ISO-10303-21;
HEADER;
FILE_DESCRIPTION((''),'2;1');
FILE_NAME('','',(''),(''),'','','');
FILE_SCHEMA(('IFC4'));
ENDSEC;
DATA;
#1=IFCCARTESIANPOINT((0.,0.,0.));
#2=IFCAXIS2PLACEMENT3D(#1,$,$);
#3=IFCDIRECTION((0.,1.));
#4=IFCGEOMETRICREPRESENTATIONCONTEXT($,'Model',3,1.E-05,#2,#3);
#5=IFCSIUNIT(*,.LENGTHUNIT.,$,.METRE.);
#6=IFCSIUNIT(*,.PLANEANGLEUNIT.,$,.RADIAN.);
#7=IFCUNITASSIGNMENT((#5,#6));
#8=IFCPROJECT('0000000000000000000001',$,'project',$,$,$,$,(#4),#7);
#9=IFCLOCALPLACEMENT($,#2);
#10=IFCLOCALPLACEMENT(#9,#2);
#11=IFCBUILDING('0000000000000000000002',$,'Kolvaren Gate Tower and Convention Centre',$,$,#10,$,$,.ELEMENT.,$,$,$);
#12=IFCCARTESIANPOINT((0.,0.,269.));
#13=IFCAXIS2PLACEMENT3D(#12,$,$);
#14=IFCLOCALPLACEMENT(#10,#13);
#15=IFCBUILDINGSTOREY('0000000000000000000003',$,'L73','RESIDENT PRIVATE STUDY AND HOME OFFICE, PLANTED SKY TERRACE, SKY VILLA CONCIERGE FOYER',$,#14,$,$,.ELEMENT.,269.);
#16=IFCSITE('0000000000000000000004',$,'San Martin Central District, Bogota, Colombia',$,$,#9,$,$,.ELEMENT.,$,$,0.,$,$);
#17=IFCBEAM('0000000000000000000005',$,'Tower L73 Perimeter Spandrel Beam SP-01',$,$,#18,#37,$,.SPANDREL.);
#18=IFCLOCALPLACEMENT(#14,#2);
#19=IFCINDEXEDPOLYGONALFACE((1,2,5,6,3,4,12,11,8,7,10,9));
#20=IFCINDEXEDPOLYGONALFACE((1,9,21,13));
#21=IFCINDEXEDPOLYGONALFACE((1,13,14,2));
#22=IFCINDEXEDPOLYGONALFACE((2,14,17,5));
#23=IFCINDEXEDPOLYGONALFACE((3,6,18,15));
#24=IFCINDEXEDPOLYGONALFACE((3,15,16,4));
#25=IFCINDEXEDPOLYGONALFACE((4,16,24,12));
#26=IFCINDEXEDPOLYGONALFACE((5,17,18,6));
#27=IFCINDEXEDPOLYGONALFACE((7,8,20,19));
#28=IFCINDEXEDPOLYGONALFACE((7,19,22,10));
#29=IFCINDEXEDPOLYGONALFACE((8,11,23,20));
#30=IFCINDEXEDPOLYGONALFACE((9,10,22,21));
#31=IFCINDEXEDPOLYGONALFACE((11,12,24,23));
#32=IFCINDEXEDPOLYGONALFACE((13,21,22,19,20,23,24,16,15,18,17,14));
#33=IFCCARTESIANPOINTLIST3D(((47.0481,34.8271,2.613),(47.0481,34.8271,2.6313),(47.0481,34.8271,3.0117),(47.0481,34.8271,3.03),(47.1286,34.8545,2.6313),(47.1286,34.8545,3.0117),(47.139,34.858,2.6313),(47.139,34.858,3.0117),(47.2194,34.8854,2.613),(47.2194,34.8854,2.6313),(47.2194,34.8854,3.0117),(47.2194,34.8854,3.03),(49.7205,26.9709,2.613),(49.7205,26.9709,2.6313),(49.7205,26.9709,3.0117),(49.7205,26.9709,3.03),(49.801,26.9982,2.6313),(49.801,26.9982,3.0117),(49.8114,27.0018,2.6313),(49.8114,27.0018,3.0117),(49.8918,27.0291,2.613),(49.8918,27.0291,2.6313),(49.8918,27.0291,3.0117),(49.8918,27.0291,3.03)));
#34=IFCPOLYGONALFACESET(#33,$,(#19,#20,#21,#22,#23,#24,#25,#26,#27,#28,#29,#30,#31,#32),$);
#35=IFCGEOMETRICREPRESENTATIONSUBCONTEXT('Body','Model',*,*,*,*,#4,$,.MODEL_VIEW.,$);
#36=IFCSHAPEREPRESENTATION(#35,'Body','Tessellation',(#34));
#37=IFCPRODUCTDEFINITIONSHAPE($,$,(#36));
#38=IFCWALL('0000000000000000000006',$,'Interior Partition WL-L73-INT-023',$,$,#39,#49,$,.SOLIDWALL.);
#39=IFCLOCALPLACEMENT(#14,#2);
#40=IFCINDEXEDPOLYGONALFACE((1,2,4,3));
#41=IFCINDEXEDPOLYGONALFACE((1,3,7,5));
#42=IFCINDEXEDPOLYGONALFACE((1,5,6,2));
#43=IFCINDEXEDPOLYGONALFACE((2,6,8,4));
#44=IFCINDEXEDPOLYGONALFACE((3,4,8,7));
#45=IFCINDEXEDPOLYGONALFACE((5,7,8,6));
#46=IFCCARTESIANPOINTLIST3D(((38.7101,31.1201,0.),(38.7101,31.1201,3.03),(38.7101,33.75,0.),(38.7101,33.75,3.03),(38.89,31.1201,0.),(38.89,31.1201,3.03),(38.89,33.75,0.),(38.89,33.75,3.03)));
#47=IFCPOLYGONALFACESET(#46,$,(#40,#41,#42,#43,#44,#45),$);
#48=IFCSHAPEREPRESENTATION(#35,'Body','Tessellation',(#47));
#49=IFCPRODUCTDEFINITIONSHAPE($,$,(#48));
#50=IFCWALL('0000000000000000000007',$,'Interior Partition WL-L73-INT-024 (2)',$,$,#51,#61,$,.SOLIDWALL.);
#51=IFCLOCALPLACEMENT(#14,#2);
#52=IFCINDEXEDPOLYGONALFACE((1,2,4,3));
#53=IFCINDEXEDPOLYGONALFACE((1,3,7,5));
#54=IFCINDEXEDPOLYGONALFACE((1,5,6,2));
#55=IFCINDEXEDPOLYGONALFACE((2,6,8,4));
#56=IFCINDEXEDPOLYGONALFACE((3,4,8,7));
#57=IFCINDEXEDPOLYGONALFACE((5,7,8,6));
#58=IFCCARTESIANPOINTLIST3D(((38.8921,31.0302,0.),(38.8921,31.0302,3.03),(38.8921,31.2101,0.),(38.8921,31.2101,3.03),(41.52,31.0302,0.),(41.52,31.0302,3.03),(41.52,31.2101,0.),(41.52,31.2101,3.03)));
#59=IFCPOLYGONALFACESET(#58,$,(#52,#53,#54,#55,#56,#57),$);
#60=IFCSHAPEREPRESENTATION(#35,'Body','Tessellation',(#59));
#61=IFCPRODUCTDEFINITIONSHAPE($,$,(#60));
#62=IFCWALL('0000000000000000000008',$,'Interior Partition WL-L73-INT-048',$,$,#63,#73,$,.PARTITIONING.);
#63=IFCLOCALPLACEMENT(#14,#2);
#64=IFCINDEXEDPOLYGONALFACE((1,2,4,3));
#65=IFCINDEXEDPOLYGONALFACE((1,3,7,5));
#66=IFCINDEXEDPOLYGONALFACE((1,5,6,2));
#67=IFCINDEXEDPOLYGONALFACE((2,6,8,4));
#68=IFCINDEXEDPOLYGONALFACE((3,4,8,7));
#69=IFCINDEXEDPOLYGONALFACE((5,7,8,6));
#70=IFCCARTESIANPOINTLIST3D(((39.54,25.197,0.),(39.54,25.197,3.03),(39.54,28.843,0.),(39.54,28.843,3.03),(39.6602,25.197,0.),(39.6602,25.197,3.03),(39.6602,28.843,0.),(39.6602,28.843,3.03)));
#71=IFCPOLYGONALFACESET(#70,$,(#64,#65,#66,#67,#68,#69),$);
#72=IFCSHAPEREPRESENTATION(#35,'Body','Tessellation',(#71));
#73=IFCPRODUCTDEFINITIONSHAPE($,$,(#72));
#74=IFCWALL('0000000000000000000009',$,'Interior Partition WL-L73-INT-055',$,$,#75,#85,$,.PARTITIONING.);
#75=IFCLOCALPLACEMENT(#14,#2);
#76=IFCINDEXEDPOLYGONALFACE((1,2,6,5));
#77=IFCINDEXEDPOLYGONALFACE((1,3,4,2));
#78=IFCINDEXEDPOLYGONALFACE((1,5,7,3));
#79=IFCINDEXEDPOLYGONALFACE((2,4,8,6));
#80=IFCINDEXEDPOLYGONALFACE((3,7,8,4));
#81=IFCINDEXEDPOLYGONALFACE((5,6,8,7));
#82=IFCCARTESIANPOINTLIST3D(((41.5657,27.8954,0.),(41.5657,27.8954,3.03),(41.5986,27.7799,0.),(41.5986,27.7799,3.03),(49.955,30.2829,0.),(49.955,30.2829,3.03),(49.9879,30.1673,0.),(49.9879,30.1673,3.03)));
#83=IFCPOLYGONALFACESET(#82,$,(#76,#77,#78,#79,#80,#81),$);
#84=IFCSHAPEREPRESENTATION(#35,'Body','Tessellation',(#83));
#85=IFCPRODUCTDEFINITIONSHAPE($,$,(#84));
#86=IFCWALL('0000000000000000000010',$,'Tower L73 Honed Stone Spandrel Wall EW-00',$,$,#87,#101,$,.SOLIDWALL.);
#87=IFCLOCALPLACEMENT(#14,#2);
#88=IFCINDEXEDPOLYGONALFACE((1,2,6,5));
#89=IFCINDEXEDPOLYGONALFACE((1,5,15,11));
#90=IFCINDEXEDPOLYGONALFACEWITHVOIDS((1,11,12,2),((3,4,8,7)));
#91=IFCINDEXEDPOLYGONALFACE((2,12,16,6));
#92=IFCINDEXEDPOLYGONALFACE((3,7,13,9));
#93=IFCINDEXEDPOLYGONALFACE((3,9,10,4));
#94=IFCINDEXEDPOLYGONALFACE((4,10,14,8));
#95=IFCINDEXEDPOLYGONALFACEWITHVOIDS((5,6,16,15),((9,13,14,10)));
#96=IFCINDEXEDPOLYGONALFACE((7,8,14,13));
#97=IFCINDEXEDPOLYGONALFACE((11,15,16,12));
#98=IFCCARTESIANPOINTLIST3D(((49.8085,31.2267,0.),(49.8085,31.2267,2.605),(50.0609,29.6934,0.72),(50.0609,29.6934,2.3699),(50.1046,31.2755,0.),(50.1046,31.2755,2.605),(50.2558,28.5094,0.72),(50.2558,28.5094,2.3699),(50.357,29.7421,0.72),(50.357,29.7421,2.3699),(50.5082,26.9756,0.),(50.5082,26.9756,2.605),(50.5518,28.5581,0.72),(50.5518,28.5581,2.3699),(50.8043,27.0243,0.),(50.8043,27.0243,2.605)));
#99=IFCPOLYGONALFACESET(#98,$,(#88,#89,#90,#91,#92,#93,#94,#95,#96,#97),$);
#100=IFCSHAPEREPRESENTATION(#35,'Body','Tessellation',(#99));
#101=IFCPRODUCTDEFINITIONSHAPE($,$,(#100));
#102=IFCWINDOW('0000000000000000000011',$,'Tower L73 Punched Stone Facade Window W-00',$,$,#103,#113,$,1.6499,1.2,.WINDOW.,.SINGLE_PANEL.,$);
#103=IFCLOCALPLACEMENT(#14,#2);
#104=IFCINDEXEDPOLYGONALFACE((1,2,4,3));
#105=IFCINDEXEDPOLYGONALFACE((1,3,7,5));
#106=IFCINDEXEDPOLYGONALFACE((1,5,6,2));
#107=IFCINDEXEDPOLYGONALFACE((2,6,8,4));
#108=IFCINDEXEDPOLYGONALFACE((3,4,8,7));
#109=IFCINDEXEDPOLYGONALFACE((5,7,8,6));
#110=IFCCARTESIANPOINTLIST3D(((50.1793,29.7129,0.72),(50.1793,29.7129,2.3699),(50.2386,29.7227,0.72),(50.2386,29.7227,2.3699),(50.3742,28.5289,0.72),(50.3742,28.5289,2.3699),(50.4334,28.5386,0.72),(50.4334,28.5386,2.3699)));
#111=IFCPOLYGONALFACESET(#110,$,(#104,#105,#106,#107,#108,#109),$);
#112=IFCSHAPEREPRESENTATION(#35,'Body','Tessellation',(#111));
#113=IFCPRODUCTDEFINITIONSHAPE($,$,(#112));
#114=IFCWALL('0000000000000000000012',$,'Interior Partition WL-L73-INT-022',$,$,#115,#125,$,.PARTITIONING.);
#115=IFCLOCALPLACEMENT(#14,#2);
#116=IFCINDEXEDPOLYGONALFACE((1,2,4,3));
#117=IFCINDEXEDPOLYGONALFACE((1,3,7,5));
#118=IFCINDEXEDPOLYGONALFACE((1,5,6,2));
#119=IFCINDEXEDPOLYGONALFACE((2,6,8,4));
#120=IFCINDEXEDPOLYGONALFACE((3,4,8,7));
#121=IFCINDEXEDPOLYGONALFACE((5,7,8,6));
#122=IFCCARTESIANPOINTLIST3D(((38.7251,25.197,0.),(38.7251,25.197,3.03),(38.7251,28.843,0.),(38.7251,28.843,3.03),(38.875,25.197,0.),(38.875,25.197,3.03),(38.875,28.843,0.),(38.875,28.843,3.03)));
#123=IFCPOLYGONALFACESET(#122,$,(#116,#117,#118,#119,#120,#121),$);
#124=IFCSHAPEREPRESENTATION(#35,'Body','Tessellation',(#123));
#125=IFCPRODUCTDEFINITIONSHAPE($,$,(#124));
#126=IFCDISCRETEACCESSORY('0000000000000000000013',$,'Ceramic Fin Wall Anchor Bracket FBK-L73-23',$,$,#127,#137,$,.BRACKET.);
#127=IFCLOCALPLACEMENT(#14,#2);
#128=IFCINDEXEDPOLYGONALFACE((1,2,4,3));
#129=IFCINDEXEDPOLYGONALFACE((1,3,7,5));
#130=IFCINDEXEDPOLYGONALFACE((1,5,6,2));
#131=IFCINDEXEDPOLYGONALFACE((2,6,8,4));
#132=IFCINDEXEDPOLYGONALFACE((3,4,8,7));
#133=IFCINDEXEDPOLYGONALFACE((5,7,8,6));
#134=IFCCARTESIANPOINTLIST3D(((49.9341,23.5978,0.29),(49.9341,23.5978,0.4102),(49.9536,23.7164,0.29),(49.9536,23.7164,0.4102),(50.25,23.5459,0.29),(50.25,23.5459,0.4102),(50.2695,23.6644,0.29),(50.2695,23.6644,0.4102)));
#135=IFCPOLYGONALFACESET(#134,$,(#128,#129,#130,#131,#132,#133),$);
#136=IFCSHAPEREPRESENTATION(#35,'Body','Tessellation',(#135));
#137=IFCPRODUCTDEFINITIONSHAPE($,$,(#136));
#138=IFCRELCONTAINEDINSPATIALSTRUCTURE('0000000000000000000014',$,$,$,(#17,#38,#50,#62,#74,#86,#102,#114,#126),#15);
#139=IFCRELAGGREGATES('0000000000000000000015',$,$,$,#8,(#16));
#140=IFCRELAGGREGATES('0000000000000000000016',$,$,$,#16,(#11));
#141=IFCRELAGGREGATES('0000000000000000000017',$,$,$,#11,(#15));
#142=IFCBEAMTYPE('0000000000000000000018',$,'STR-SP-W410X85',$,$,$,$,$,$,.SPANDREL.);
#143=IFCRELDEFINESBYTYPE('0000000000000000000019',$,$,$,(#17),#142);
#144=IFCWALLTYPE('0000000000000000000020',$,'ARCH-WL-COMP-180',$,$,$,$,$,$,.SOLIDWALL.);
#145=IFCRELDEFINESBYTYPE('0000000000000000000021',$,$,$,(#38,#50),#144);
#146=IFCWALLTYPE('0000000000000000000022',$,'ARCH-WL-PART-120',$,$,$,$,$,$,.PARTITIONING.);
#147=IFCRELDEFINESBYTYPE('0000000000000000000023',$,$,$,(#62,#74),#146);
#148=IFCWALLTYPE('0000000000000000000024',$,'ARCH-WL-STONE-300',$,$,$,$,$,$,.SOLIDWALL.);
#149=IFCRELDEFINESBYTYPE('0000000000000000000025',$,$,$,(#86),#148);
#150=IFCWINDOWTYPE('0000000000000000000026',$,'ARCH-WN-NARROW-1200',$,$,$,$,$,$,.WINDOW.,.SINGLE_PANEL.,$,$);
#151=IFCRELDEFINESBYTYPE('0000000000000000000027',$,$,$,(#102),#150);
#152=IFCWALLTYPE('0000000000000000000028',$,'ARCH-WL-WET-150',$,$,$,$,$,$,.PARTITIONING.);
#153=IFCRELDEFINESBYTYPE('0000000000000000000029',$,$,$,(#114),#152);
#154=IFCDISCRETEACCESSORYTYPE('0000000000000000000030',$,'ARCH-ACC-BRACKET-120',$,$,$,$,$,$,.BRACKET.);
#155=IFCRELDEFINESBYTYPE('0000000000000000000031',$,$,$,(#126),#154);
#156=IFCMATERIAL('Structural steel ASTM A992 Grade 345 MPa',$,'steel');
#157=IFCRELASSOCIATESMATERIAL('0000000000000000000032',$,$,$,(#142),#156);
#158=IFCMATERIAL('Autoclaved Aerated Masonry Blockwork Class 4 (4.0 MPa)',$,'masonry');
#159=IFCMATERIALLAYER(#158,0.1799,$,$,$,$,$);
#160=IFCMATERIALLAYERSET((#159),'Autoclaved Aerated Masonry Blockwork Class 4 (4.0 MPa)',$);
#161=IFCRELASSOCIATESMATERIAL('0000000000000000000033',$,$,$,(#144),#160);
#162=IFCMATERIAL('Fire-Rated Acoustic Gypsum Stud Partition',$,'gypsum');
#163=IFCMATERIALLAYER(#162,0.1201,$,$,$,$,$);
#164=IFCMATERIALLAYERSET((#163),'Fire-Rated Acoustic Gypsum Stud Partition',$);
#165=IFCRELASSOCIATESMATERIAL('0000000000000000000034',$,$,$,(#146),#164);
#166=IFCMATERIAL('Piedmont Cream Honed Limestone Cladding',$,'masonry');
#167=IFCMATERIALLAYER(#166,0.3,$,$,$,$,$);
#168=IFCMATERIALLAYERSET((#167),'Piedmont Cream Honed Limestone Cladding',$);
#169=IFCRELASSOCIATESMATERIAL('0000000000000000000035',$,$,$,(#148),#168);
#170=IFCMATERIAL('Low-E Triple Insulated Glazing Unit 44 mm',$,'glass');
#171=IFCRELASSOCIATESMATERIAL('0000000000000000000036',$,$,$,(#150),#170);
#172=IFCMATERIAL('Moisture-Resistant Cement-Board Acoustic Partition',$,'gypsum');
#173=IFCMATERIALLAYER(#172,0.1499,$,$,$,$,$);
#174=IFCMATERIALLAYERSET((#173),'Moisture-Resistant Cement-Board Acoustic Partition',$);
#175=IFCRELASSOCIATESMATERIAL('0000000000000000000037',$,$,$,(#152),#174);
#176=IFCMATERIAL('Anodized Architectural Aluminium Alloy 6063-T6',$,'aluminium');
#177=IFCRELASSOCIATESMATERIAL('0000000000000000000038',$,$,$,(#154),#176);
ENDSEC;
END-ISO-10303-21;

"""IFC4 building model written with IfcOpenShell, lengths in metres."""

from ifc_helpers import new_model, si_unit, direction, frame, frame_2d, origin, origin_2d, place, context, subcontext, project, spatial, rectangle, i_section, extrude, material, layer, layer_set, material_profile, profile_set, type_object, element, fill, save


model = new_model("IFC4")

# Units and contexts
model_context = context("Model", 3, precision=1e-05, world=origin(), true_north=direction((0.0, 1.0)))
body_context = subcontext(model_context, "Body", "Model", "MODEL_VIEW")
ifc_project = project(units=[si_unit("LENGTHUNIT", "METRE"), si_unit("PLANEANGLEUNIT", "RADIAN")], contexts=[model_context])

# Site, building, storey
site_placement = place(None, origin())
site = spatial("IfcSite", under=ifc_project, at=site_placement, Name="San Martin Central District, Bogota, Colombia", CompositionType="ELEMENT", RefElevation=0.0)
building_placement = place(site_placement, origin())
building = spatial("IfcBuilding", under=site, at=building_placement, Name="Kolvaren Gate Tower and Convention Centre", CompositionType="ELEMENT")
storey_placement = place(building_placement, frame((0.0, 0.0, 269.0)))
storey = spatial("IfcBuildingStorey", under=building, at=storey_placement, Name="L73", Description="RESIDENT PRIVATE STUDY AND HOME OFFICE, PLANTED SKY TERRACE, SKY VILLA CONCIERGE FOYER", CompositionType="ELEMENT", Elevation=269.0)

# Beam
ifc_material_1 = material(Name="Structural steel ASTM A992 Grade 345 MPa", Category="steel")
ifc_material_profile_1 = material_profile(ifc_material_1, i_section(OverallWidth=0.1809, OverallDepth=0.417, WebThickness=0.011, FlangeThickness=0.0183, at=origin_2d()), Name="W410X85")
ifc_profile_set_1 = profile_set([ifc_material_profile_1], Name="Structural steel ASTM A992 Grade 345 MPa")
beam_type_1 = type_object("IfcBeamType", Name="STR-SP-W410X85", PredefinedType="SPANDREL", material=ifc_profile_set_1)
beam_1_placement = place(storey_placement, frame((49.8062, 27.0, 2.8215), z_axis=(-0.322038, 0.946727, 0.0), x_axis=(-0.946727, -0.322038, 0.0)))
element("IfcBeam", 1, at=beam_1_placement, inside=storey, type_object=beam_type_1, Name="Tower L73 Perimeter Spandrel Beam SP-01", PredefinedType="SPANDREL", context=body_context, shape_type="SweptSolid", body=[
    extrude(i_section(OverallWidth=0.1809, OverallDepth=0.417, WebThickness=0.011, FlangeThickness=0.0183, at=origin_2d()), origin(), (0.0, 0.0, 1.0), 8.2983),
])

# Walls
ifc_material_2 = material(Name="Autoclaved Aerated Masonry Blockwork Class 4 (4.0 MPa)", Category="masonry")
ifc_layer_1 = layer(ifc_material_2, 0.1799)
ifc_layer_set_1 = layer_set([ifc_layer_1], Name="Autoclaved Aerated Masonry Blockwork Class 4 (4.0 MPa)")
wall_type_1 = type_object("IfcWallType", Name="ARCH-WL-COMP-180", PredefinedType="SOLIDWALL", material=ifc_layer_set_1)
wall_1_placement = place(storey_placement, frame((38.8, 31.1201, 0.0), z_axis=(0.0, 0.0, 1.0), x_axis=(0.0, 1.0, 0.0)))
element("IfcWall", 2, at=wall_1_placement, inside=storey, type_object=wall_type_1, Name="Interior Partition WL-L73-INT-023", PredefinedType="SOLIDWALL", context=body_context, shape_type="SweptSolid", body=[
    extrude(rectangle(XDim=2.6299, YDim=0.1799, at=frame_2d((1.3149, 0.0))), origin(), (0.0, 0.0, 1.0), 3.03),
])
wall_2_placement = place(storey_placement, frame((38.8921, 31.1201, 0.0), z_axis=(0.0, 0.0, 1.0), x_axis=(1.0, 0.0, 0.0)))
element("IfcWall", 3, at=wall_2_placement, inside=storey, type_object=wall_type_1, Name="Interior Partition WL-L73-INT-024 (2)", PredefinedType="SOLIDWALL", context=body_context, shape_type="SweptSolid", body=[
    extrude(rectangle(XDim=2.6279, YDim=0.1799, at=frame_2d((1.314, 0.0))), origin(), (0.0, 0.0, 1.0), 3.03),
])
ifc_material_3 = material(Name="Fire-Rated Acoustic Gypsum Stud Partition", Category="gypsum")
ifc_layer_2 = layer(ifc_material_3, 0.1201)
ifc_layer_set_2 = layer_set([ifc_layer_2], Name="Fire-Rated Acoustic Gypsum Stud Partition")
wall_type_2 = type_object("IfcWallType", Name="ARCH-WL-PART-120", PredefinedType="PARTITIONING", material=ifc_layer_set_2)
wall_3_placement = place(storey_placement, frame((39.6001, 25.197, 0.0), z_axis=(0.0, 0.0, 1.0), x_axis=(0.0, 1.0, 0.0)))
element("IfcWall", 4, at=wall_3_placement, inside=storey, type_object=wall_type_2, Name="Interior Partition WL-L73-INT-048", PredefinedType="PARTITIONING", context=body_context, shape_type="SweptSolid", body=[
    extrude(rectangle(XDim=3.646, YDim=0.1201, at=frame_2d((1.823, 0.0))), origin(), (0.0, 0.0, 1.0), 3.03),
])
wall_4_placement = place(storey_placement, frame((41.582, 27.8376, 0.0), z_axis=(0.0, 0.0, 1.0), x_axis=(0.961812, 0.273712, 0.0)))
element("IfcWall", 5, at=wall_4_placement, inside=storey, type_object=wall_type_2, Name="Interior Partition WL-L73-INT-055", PredefinedType="PARTITIONING", context=body_context, shape_type="SweptSolid", body=[
    extrude(rectangle(XDim=8.7224, YDim=0.1201, at=frame_2d((4.3613, 0.0))), origin(), (0.0, 0.0, 1.0), 3.03),
])

# Wall, opening, window
ifc_material_4 = material(Name="Piedmont Cream Honed Limestone Cladding", Category="masonry")
ifc_layer_3 = layer(ifc_material_4, 0.3)
ifc_layer_set_3 = layer_set([ifc_layer_3], Name="Piedmont Cream Honed Limestone Cladding")
wall_type_3 = type_object("IfcWallType", Name="ARCH-WL-STONE-300", PredefinedType="SOLIDWALL", material=ifc_layer_set_3)
wall_5_placement = place(storey_placement, frame((49.9565, 31.2512, 0.0), z_axis=(0.0, 0.0, 1.0), x_axis=(0.162405, -0.986724, 0.0)))
wall_5 = element("IfcWall", 6, at=wall_5_placement, inside=storey, type_object=wall_type_3, Name="Tower L73 Honed Stone Spandrel Wall EW-00", PredefinedType="SOLIDWALL", context=body_context, shape_type="SweptSolid", body=[
    extrude(rectangle(XDim=4.3083, YDim=0.3, at=frame_2d((2.1543, 0.0))), origin(), (0.0, 0.0, 1.0), 2.605),
])
opening_placement = place(wall_5_placement, frame((1.554, 0.0, 0.72)))
opening = element("IfcOpeningElement", 7, at=opening_placement, cuts=wall_5, PredefinedType="OPENING", context=body_context, shape_type="SweptSolid", body=[
    extrude(rectangle(XDim=1.2, YDim=1.6499, at=frame_2d((0.6001, 0.825))), frame((0.0, 0.1599, 0.0), z_axis=(0.0, -1.0, 0.0), x_axis=(1.0, 0.0, 0.0)), (0.0, 0.0, 1.0), 0.3201),
])
ifc_material_5 = material(Name="Low-E Triple Insulated Glazing Unit 44 mm", Category="glass")
window_type = type_object("IfcWindowType", Name="ARCH-WN-NARROW-1200", PartitioningType="SINGLE_PANEL", PredefinedType="WINDOW", material=ifc_material_5)
window_placement = place(opening_placement, origin())
window = element("IfcWindow", 8, at=window_placement, inside=storey, type_object=window_type, Name="Tower L73 Punched Stone Facade Window W-00", OverallHeight=1.6499, OverallWidth=1.2, PartitioningType="SINGLE_PANEL", PredefinedType="WINDOW", context=body_context, shape_type="SweptSolid", body=[
    extrude(rectangle(XDim=1.2, YDim=1.6499, at=frame_2d((0.6001, 0.825))), frame((0.0, 0.03, 0.0), z_axis=(0.0, -1.0, 0.0), x_axis=(1.0, 0.0, 0.0)), (0.0, 0.0, 1.0), 0.0601),
])
fill(opening, window)

# Wall
ifc_material_6 = material(Name="Moisture-Resistant Cement-Board Acoustic Partition", Category="gypsum")
ifc_layer_4 = layer(ifc_material_6, 0.1499)
ifc_layer_set_4 = layer_set([ifc_layer_4], Name="Moisture-Resistant Cement-Board Acoustic Partition")
wall_type_4 = type_object("IfcWallType", Name="ARCH-WL-WET-150", PredefinedType="PARTITIONING", material=ifc_layer_set_4)
wall_6_placement = place(storey_placement, frame((38.8, 25.197, 0.0), z_axis=(0.0, 0.0, 1.0), x_axis=(0.0, 1.0, 0.0)))
element("IfcWall", 9, at=wall_6_placement, inside=storey, type_object=wall_type_4, Name="Interior Partition WL-L73-INT-022", PredefinedType="PARTITIONING", context=body_context, shape_type="SweptSolid", body=[
    extrude(rectangle(XDim=3.646, YDim=0.1499, at=frame_2d((1.823, 0.0))), origin(), (0.0, 0.0, 1.0), 3.03),
])

# Discrete accessory
ifc_material_7 = material(Name="Anodized Architectural Aluminium Alloy 6063-T6", Category="aluminium")
discrete_accessory_type = type_object("IfcDiscreteAccessoryType", Name="ARCH-ACC-BRACKET-120", PredefinedType="BRACKET", material=ifc_material_7)
discrete_accessory_placement = place(storey_placement, frame((50.1018, 23.6311, 0.29), z_axis=(0.0, 0.0, 1.0), x_axis=(0.162386, 0.986727, 0.0)))
element("IfcDiscreteAccessory", 10, at=discrete_accessory_placement, inside=storey, type_object=discrete_accessory_type, Name="Ceramic Fin Wall Anchor Bracket FBK-L73-23", PredefinedType="BRACKET", context=body_context, shape_type="SweptSolid", body=[
    extrude(rectangle(XDim=0.1201, YDim=0.3201, at=origin_2d()), origin(), (0.0, 0.0, 1.0), 0.1201),
])

save(model, "model.ifc")
